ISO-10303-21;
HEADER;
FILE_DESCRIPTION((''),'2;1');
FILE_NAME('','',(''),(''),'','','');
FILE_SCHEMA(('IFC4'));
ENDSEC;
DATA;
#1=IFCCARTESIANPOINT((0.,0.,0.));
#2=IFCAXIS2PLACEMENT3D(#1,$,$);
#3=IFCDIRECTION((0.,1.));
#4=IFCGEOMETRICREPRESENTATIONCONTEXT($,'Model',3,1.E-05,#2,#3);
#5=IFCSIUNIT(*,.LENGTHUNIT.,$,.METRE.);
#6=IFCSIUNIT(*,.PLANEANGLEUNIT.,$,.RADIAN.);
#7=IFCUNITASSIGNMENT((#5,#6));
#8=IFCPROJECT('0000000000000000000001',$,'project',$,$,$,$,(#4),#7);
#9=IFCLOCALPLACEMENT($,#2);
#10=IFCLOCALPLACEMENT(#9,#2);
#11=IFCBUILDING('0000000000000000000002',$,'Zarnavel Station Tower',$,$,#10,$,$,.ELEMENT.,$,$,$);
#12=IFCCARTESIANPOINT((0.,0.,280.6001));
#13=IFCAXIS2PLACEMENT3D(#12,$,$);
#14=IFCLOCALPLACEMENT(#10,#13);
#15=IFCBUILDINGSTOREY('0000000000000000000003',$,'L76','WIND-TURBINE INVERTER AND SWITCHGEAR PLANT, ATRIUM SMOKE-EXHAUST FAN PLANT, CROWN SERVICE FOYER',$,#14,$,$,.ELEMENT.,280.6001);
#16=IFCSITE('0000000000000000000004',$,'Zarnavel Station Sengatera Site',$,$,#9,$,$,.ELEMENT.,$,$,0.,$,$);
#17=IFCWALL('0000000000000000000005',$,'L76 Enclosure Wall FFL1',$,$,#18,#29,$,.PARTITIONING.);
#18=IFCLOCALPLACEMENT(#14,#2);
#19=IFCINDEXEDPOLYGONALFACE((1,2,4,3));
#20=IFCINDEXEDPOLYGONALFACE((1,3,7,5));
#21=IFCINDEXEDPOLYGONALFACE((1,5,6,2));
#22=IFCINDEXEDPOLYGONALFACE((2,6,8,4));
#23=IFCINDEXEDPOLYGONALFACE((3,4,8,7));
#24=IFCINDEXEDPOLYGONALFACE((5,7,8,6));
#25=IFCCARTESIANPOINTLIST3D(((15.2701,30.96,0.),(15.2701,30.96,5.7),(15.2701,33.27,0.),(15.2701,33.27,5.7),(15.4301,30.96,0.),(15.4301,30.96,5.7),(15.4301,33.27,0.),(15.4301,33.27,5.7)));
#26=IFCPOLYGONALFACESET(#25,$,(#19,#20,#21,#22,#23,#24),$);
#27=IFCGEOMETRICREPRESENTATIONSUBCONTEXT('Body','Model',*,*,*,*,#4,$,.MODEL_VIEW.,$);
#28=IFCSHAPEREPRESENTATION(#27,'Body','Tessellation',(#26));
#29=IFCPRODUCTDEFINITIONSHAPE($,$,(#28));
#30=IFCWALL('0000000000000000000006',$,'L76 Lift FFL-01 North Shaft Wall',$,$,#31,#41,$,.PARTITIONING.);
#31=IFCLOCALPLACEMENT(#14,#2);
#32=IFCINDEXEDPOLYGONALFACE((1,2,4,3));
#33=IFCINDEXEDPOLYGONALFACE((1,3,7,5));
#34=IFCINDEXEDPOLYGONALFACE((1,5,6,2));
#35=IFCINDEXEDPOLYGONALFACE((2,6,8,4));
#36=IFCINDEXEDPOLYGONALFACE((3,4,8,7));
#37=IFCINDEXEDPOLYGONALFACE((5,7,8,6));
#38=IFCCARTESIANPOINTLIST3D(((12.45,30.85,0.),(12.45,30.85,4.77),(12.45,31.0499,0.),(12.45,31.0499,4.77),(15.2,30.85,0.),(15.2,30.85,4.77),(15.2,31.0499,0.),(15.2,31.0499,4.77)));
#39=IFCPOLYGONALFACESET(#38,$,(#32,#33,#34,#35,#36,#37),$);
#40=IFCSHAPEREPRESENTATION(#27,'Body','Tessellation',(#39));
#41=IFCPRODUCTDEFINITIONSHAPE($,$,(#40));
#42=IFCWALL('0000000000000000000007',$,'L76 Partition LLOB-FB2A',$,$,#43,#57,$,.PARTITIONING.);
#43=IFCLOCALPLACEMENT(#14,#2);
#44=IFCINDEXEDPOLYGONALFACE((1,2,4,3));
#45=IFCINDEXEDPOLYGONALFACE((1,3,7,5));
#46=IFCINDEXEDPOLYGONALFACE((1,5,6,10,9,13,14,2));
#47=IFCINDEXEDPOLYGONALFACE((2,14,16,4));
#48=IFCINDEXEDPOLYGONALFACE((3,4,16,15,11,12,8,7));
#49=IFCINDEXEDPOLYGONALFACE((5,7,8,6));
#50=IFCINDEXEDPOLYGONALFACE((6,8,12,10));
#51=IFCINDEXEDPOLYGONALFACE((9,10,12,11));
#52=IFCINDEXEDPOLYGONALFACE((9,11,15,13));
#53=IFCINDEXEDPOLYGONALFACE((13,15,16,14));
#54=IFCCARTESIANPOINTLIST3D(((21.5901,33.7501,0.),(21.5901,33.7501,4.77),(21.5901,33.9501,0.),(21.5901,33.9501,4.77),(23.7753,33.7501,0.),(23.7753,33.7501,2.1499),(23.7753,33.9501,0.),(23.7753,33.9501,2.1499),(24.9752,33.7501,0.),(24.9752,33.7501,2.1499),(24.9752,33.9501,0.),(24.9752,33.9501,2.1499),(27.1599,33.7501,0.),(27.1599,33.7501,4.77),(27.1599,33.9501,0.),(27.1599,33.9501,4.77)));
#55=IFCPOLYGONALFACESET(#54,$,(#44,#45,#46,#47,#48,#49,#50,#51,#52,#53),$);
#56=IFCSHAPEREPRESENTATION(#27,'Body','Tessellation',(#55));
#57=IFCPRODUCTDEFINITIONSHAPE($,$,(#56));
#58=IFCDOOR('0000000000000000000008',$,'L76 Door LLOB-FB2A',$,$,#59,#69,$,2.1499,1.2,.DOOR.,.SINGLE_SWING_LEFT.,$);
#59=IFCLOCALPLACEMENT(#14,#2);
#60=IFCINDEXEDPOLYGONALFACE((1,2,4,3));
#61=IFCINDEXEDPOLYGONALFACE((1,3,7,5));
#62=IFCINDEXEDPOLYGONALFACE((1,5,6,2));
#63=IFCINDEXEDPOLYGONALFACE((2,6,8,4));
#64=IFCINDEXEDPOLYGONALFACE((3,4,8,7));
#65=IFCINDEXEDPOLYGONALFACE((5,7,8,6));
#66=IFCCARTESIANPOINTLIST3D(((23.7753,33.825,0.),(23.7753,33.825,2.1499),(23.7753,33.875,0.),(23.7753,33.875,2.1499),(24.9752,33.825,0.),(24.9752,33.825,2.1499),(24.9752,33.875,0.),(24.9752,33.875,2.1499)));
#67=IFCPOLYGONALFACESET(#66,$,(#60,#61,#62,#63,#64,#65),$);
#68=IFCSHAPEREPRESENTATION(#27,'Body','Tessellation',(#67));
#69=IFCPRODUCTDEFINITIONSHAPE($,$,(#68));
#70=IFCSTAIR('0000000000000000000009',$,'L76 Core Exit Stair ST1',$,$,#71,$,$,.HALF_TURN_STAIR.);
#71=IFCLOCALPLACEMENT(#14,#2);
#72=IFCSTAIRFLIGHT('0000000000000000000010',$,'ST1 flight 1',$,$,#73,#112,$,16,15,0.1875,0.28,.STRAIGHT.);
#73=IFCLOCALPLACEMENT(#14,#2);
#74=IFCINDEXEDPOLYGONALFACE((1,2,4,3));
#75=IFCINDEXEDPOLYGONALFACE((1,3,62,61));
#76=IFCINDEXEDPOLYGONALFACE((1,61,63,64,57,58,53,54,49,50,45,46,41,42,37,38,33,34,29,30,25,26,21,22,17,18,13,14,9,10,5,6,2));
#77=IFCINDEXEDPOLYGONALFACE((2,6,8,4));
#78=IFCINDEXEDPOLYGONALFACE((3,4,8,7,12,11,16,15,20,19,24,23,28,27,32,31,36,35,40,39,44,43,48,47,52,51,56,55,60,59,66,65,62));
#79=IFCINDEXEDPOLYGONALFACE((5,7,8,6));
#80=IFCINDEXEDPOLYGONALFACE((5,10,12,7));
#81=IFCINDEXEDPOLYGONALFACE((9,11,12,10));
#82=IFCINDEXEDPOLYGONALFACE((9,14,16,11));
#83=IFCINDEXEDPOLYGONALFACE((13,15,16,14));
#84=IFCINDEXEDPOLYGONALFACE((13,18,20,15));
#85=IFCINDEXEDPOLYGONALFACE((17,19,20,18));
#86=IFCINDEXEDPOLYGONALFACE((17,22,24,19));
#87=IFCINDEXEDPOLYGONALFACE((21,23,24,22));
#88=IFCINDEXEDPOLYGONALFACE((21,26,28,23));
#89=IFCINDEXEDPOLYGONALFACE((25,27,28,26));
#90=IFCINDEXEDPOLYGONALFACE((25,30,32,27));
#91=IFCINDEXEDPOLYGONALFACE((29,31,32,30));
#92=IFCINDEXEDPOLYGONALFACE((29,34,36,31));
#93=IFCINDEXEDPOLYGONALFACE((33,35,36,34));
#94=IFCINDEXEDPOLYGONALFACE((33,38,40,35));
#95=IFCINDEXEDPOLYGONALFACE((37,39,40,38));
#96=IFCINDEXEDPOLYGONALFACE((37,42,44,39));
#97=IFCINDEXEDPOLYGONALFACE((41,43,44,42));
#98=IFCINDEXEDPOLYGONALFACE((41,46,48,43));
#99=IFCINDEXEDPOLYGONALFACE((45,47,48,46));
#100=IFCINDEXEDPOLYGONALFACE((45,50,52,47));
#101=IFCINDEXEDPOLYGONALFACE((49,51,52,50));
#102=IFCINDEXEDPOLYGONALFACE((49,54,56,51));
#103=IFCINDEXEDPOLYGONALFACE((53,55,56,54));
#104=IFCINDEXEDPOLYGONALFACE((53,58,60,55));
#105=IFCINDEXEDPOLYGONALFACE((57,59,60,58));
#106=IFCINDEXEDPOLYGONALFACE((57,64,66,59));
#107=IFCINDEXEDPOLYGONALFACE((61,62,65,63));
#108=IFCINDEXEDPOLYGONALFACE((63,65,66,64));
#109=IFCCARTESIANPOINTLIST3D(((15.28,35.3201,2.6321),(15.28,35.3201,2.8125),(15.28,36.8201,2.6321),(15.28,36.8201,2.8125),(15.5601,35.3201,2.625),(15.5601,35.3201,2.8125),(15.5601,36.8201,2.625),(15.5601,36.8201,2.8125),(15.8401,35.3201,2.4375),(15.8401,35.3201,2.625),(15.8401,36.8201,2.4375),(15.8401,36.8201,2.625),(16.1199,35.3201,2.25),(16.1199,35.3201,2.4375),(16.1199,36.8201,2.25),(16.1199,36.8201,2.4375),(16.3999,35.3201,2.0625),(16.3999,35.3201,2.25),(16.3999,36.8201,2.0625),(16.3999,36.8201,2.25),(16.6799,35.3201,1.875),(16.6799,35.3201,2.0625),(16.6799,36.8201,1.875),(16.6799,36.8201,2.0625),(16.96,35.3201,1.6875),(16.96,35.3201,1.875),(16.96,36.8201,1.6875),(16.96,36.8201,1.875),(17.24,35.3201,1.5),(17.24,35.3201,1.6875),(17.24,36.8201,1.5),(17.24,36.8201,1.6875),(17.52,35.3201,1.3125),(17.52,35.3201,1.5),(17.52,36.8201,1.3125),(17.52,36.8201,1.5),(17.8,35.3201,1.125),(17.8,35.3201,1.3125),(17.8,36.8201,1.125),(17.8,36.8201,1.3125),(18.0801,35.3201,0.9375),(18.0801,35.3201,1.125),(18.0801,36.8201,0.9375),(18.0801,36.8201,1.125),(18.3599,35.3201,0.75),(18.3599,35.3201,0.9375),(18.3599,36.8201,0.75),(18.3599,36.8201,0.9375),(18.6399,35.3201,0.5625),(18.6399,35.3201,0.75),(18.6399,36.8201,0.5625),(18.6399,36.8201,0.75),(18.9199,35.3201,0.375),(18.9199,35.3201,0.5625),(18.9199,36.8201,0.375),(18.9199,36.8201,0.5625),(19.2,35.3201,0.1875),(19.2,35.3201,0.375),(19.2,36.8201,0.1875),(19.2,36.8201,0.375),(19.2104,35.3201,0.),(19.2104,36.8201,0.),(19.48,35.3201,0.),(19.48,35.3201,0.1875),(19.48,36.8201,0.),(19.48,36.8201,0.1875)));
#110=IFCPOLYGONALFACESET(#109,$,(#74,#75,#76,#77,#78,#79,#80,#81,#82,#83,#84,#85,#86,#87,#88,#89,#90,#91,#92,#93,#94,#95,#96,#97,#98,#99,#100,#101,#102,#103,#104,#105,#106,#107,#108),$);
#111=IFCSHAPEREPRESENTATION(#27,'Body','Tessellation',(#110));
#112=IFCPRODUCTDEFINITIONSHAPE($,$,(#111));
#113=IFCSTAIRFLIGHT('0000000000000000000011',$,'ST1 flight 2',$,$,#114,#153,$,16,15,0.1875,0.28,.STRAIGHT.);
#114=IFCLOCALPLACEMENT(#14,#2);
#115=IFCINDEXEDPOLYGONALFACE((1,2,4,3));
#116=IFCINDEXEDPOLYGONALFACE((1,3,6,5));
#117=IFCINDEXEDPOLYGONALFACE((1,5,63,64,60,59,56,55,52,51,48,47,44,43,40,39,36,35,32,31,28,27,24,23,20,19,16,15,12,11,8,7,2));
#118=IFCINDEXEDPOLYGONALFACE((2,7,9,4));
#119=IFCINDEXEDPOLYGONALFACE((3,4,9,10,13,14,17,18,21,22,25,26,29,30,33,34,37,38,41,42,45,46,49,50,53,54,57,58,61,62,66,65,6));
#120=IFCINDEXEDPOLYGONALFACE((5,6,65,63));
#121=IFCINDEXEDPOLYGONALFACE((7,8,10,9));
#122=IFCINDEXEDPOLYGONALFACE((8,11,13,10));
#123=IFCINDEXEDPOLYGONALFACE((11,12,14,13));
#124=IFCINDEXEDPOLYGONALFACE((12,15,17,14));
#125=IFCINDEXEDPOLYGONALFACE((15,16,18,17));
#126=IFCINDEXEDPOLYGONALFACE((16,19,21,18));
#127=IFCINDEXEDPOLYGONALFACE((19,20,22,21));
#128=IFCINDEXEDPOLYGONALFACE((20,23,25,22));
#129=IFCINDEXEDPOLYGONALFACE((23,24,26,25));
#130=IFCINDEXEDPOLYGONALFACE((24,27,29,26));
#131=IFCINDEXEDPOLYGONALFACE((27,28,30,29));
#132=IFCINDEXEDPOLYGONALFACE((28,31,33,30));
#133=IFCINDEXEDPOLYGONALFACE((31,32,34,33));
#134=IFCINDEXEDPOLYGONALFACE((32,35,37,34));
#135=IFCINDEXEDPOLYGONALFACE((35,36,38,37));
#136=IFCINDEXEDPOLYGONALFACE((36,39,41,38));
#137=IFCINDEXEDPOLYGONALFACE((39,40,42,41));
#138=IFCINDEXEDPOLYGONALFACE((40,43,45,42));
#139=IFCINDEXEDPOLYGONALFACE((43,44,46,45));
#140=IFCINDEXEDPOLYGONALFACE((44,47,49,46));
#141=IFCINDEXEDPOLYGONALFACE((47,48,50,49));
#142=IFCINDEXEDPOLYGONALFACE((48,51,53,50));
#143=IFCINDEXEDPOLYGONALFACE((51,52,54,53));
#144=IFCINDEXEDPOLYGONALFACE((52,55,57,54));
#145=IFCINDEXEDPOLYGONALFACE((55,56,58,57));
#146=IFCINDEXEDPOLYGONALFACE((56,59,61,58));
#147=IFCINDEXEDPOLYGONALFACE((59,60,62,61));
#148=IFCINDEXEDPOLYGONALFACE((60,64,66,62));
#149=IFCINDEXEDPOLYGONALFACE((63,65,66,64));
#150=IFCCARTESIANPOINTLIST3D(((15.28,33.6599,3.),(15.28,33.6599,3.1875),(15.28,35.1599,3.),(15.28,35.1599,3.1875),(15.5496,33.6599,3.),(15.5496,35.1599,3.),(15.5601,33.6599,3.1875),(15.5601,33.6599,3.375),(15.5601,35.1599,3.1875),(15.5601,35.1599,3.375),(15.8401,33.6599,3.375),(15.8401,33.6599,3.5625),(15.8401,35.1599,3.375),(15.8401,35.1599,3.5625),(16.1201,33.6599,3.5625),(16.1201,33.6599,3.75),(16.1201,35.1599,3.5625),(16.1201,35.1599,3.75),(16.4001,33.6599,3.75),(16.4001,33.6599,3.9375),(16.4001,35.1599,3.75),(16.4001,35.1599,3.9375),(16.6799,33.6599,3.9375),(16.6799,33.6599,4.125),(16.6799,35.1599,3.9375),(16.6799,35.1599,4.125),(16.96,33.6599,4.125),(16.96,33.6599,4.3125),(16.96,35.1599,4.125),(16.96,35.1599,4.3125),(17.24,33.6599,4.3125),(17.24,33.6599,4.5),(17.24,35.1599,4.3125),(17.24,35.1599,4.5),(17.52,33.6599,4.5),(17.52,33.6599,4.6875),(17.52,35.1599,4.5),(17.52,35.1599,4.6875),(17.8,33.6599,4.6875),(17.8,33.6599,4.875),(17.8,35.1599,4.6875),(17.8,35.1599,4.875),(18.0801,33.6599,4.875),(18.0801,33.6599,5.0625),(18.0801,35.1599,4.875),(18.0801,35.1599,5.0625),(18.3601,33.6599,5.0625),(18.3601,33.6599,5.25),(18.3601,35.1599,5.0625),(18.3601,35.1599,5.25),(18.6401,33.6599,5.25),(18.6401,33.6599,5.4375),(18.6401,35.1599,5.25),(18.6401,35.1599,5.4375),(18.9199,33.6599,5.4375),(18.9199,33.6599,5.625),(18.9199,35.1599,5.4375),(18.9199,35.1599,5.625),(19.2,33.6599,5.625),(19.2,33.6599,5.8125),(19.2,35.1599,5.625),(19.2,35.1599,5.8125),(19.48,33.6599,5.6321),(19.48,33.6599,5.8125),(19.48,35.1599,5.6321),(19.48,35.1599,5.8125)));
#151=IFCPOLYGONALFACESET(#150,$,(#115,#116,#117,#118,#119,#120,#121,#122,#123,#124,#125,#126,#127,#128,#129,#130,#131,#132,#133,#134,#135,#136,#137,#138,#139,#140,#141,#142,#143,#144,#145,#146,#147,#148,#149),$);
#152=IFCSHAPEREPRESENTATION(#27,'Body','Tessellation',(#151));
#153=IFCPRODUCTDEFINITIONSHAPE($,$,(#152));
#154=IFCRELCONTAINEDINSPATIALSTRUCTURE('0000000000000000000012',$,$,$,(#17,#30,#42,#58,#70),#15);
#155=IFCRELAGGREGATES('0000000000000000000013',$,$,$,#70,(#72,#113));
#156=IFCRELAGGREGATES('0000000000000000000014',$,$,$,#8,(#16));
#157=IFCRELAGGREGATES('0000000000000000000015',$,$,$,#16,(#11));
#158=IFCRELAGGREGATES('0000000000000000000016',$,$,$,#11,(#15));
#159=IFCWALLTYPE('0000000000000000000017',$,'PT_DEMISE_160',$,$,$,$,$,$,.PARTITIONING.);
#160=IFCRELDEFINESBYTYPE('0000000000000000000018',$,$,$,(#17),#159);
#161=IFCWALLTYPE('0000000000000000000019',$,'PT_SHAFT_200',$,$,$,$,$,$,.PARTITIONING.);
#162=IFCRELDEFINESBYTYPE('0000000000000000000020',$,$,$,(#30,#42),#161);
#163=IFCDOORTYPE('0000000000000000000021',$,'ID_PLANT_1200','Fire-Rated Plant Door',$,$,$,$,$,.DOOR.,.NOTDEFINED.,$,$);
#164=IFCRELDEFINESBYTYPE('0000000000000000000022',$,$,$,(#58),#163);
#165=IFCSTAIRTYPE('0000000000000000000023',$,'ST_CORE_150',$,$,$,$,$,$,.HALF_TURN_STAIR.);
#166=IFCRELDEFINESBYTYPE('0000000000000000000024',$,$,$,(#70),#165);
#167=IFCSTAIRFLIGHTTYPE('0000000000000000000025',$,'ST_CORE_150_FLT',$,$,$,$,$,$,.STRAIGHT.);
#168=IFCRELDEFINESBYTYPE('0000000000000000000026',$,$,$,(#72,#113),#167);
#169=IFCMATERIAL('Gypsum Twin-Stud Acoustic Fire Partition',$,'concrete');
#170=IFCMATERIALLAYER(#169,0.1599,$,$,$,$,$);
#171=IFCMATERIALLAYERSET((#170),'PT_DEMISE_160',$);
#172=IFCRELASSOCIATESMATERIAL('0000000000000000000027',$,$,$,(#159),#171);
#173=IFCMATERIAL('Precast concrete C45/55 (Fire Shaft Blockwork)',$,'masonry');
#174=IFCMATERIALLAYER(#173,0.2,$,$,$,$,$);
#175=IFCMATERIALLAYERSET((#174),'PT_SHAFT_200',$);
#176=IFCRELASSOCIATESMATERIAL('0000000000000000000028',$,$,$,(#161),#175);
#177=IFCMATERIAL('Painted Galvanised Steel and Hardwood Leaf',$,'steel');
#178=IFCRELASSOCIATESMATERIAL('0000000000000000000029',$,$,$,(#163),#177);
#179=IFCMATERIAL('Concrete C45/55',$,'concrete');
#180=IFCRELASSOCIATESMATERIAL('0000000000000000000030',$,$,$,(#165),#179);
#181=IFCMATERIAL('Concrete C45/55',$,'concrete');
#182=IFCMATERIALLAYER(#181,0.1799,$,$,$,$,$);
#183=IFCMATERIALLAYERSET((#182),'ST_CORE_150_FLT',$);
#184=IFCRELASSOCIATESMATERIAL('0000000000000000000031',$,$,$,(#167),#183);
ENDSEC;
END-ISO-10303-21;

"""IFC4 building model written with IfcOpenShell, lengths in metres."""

from ifc_helpers import new_model, si_unit, direction, frame, frame_2d, origin, place, context, subcontext, project, spatial, polyline, rectangle, outline, extrude, material, layer, layer_set, type_object, element, fill, aggregate, save


model = new_model("IFC4")

# Units and contexts
model_context = context("Model", 3, precision=1e-05, world=origin(), true_north=direction((0.0, 1.0)))
body_context = subcontext(model_context, "Body", "Model", "MODEL_VIEW")
ifc_project = project(units=[si_unit("LENGTHUNIT", "METRE"), si_unit("PLANEANGLEUNIT", "RADIAN")], contexts=[model_context])

# Site, building, storey
site_placement = place(None, origin())
site = spatial("IfcSite", under=ifc_project, at=site_placement, Name="Zarnavel Station Sengatera Site", CompositionType="ELEMENT", RefElevation=0.0)
building_placement = place(site_placement, origin())
building = spatial("IfcBuilding", under=site, at=building_placement, Name="Zarnavel Station Tower", CompositionType="ELEMENT")
storey_placement = place(building_placement, frame((0.0, 0.0, 280.6001)))
storey = spatial("IfcBuildingStorey", under=building, at=storey_placement, Name="L76", Description="WIND-TURBINE INVERTER AND SWITCHGEAR PLANT, ATRIUM SMOKE-EXHAUST FAN PLANT, CROWN SERVICE FOYER", CompositionType="ELEMENT", Elevation=280.6001)

# Wall
ifc_material_1 = material(Name="Gypsum Twin-Stud Acoustic Fire Partition", Category="concrete")
ifc_layer_1 = layer(ifc_material_1, 0.1599)
ifc_layer_set_1 = layer_set([ifc_layer_1], Name="PT_DEMISE_160")
wall_type_1 = type_object("IfcWallType", Name="PT_DEMISE_160", PredefinedType="PARTITIONING", material=ifc_layer_set_1)
wall_1_placement = place(storey_placement, frame((15.3501, 30.96, 0.0), z_axis=(0.0, 0.0, 1.0), x_axis=(0.0, 1.0, 0.0)))
element("IfcWall", 1, at=wall_1_placement, inside=storey, type_object=wall_type_1, Name="L76 Enclosure Wall FFL1", PredefinedType="PARTITIONING", context=body_context, shape_type="SweptSolid", body=[
    extrude(rectangle(XDim=2.3101, YDim=0.1599, at=frame_2d((1.155, 0.0))), origin(), (0.0, 0.0, 1.0), 5.7),
])

# Shared definitions
ifc_material_2 = material(Name="Precast concrete C45/55 (Fire Shaft Blockwork)", Category="masonry")
ifc_layer_2 = layer(ifc_material_2, 0.2)
ifc_layer_set_2 = layer_set([ifc_layer_2], Name="PT_SHAFT_200")
wall_type_2 = type_object("IfcWallType", Name="PT_SHAFT_200", PredefinedType="PARTITIONING", material=ifc_layer_set_2)

# Wall
wall_2_placement = place(storey_placement, frame((12.45, 30.95, 0.0), z_axis=(0.0, 0.0, 1.0), x_axis=(1.0, 0.0, 0.0)))
element("IfcWall", 2, at=wall_2_placement, inside=storey, type_object=wall_type_2, Name="L76 Lift FFL-01 North Shaft Wall", PredefinedType="PARTITIONING", context=body_context, shape_type="SweptSolid", body=[
    extrude(rectangle(XDim=2.75, YDim=0.2, at=frame_2d((1.375, 0.0))), origin(), (0.0, 0.0, 1.0), 4.77),
])

# Wall, opening, door
ifc_material_3 = material(Name="Painted Galvanised Steel and Hardwood Leaf", Category="steel")
door_type_1 = type_object("IfcDoorType", Name="ID_PLANT_1200", Description="Fire-Rated Plant Door", OperationType="NOTDEFINED", PredefinedType="DOOR", material=ifc_material_3)
wall_3_placement = place(storey_placement, frame((21.5901, 33.8501, 0.0), z_axis=(0.0, 0.0, 1.0), x_axis=(1.0, 0.0, 0.0)))
wall_3 = element("IfcWall", 3, at=wall_3_placement, inside=storey, type_object=wall_type_2, Name="L76 Partition LLOB-FB2A", PredefinedType="PARTITIONING", context=body_context, shape_type="SweptSolid", body=[
    extrude(rectangle(XDim=5.5698, YDim=0.2, at=frame_2d((2.7849, 0.0))), origin(), (0.0, 0.0, 1.0), 4.77),
])
opening_1_placement = place(wall_3_placement, frame((2.1851, 0.0, 0.0)))
opening_1 = element("IfcOpeningElement", 4, at=opening_1_placement, cuts=wall_3, PredefinedType="OPENING", context=body_context, shape_type="SweptSolid", body=[
    extrude(rectangle(XDim=1.2, YDim=2.1499, at=frame_2d((0.6001, 1.075))), frame((0.0, 0.1099, 0.0), z_axis=(0.0, -1.0, 0.0), x_axis=(1.0, 0.0, 0.0)), (0.0, 0.0, 1.0), 0.22),
])
door_1_placement = place(opening_1_placement, origin())
door_1 = element("IfcDoor", 5, at=door_1_placement, inside=storey, type_object=door_type_1, Name="L76 Door LLOB-FB2A", OperationType="SINGLE_SWING_LEFT", OverallHeight=2.1499, OverallWidth=1.2, PredefinedType="DOOR", context=body_context, shape_type="SweptSolid", body=[
    extrude(rectangle(XDim=1.2, YDim=2.1499, at=frame_2d((0.6001, 1.075))), frame((0.0, 0.0249, 0.0), z_axis=(0.0, -1.0, 0.0), x_axis=(1.0, 0.0, 0.0)), (0.0, 0.0, 1.0), 0.05),
])
fill(opening_1, door_1)

# Stair, stair flights
ifc_material_4 = material(Name="Concrete C45/55", Category="concrete")
stair_type = type_object("IfcStairType", Name="ST_CORE_150", PredefinedType="HALF_TURN_STAIR", material=ifc_material_4)
stair_placement = place(storey_placement, origin())
stair = element("IfcStair", 6, at=stair_placement, inside=storey, type_object=stair_type, Name="L76 Core Exit Stair ST1", PredefinedType="HALF_TURN_STAIR")
ifc_material_5 = material(Name="Concrete C45/55", Category="concrete")
ifc_layer_3 = layer(ifc_material_5, 0.1799)
ifc_layer_set_3 = layer_set([ifc_layer_3], Name="ST_CORE_150_FLT")
stair_flight_type = type_object("IfcStairFlightType", Name="ST_CORE_150_FLT", PredefinedType="STRAIGHT", material=ifc_layer_set_3)
stair_flight_1_placement = place(storey_placement, frame((19.48, 36.0701, 0.0), z_axis=(0.0, 0.0, 1.0), x_axis=(-1.0, 0.0, 0.0)))
stair_flight_1 = element("IfcStairFlight", 7, at=stair_flight_1_placement, type_object=stair_flight_type, Name="ST1 flight 1", NumberOfRisers=16, NumberOfTreads=15, PredefinedType="STRAIGHT", RiserHeight=0.1875, TreadLength=0.28, context=body_context, shape_type="SweptSolid", body=[
    extrude(outline(polyline([(0.0, 0.0), (0.0, 0.1875), (0.28, 0.1875), (0.28, 0.375), (0.5601, 0.375), (0.5601, 0.5625), (0.8401, 0.5625), (0.8401, 0.75), (1.1201, 0.75), (1.1201, 0.9375), (1.3999, 0.9375), (1.3999, 1.125), (1.6799, 1.125), (1.6799, 1.3125), (1.96, 1.3125), (1.96, 1.5), (2.24, 1.5), (2.24, 1.6875), (2.52, 1.6875), (2.52, 1.875), (2.8, 1.875), (2.8, 2.0625), (3.0801, 2.0625), (3.0801, 2.25), (3.3601, 2.25), (3.3601, 2.4375), (3.6399, 2.4375), (3.6399, 2.625), (3.9199, 2.625), (3.9199, 2.8125), (4.2, 2.8125), (4.2, 3.0), (4.2, 2.6321), (0.2695, 0.0), (0.0, 0.0)])), frame((0.0, 0.75, 0.0), z_axis=(0.0, -1.0, 0.0), x_axis=(1.0, 0.0, 0.0)), (0.0, 0.0, 1.0), 1.5),
])
stair_flight_2_placement = place(storey_placement, frame((15.28, 34.4099, 3.0), z_axis=(0.0, 0.0, 1.0), x_axis=(1.0, 0.0, 0.0)))
stair_flight_2 = element("IfcStairFlight", 8, at=stair_flight_2_placement, type_object=stair_flight_type, Name="ST1 flight 2", NumberOfRisers=16, NumberOfTreads=15, PredefinedType="STRAIGHT", RiserHeight=0.1875, TreadLength=0.28, context=body_context, shape_type="SweptSolid", body=[
    extrude(outline(polyline([(0.0, 0.0), (0.0, 0.1875), (0.28, 0.1875), (0.28, 0.375), (0.5601, 0.375), (0.5601, 0.5625), (0.8401, 0.5625), (0.8401, 0.75), (1.1201, 0.75), (1.1201, 0.9375), (1.3999, 0.9375), (1.3999, 1.125), (1.6799, 1.125), (1.6799, 1.3125), (1.96, 1.3125), (1.96, 1.5), (2.24, 1.5), (2.24, 1.6875), (2.52, 1.6875), (2.52, 1.875), (2.8, 1.875), (2.8, 2.0625), (3.0801, 2.0625), (3.0801, 2.25), (3.3601, 2.25), (3.3601, 2.4375), (3.6399, 2.4375), (3.6399, 2.625), (3.9199, 2.625), (3.9199, 2.8125), (4.2, 2.8125), (4.2, 3.0), (4.2, 2.6321), (0.2695, 0.0), (0.0, 0.0)])), frame((0.0, 0.75, 0.0), z_axis=(0.0, -1.0, 0.0), x_axis=(1.0, 0.0, 0.0)), (0.0, 0.0, 1.0), 1.5),
])
aggregate(stair, [stair_flight_1, stair_flight_2])

save(model, "model.ifc")
